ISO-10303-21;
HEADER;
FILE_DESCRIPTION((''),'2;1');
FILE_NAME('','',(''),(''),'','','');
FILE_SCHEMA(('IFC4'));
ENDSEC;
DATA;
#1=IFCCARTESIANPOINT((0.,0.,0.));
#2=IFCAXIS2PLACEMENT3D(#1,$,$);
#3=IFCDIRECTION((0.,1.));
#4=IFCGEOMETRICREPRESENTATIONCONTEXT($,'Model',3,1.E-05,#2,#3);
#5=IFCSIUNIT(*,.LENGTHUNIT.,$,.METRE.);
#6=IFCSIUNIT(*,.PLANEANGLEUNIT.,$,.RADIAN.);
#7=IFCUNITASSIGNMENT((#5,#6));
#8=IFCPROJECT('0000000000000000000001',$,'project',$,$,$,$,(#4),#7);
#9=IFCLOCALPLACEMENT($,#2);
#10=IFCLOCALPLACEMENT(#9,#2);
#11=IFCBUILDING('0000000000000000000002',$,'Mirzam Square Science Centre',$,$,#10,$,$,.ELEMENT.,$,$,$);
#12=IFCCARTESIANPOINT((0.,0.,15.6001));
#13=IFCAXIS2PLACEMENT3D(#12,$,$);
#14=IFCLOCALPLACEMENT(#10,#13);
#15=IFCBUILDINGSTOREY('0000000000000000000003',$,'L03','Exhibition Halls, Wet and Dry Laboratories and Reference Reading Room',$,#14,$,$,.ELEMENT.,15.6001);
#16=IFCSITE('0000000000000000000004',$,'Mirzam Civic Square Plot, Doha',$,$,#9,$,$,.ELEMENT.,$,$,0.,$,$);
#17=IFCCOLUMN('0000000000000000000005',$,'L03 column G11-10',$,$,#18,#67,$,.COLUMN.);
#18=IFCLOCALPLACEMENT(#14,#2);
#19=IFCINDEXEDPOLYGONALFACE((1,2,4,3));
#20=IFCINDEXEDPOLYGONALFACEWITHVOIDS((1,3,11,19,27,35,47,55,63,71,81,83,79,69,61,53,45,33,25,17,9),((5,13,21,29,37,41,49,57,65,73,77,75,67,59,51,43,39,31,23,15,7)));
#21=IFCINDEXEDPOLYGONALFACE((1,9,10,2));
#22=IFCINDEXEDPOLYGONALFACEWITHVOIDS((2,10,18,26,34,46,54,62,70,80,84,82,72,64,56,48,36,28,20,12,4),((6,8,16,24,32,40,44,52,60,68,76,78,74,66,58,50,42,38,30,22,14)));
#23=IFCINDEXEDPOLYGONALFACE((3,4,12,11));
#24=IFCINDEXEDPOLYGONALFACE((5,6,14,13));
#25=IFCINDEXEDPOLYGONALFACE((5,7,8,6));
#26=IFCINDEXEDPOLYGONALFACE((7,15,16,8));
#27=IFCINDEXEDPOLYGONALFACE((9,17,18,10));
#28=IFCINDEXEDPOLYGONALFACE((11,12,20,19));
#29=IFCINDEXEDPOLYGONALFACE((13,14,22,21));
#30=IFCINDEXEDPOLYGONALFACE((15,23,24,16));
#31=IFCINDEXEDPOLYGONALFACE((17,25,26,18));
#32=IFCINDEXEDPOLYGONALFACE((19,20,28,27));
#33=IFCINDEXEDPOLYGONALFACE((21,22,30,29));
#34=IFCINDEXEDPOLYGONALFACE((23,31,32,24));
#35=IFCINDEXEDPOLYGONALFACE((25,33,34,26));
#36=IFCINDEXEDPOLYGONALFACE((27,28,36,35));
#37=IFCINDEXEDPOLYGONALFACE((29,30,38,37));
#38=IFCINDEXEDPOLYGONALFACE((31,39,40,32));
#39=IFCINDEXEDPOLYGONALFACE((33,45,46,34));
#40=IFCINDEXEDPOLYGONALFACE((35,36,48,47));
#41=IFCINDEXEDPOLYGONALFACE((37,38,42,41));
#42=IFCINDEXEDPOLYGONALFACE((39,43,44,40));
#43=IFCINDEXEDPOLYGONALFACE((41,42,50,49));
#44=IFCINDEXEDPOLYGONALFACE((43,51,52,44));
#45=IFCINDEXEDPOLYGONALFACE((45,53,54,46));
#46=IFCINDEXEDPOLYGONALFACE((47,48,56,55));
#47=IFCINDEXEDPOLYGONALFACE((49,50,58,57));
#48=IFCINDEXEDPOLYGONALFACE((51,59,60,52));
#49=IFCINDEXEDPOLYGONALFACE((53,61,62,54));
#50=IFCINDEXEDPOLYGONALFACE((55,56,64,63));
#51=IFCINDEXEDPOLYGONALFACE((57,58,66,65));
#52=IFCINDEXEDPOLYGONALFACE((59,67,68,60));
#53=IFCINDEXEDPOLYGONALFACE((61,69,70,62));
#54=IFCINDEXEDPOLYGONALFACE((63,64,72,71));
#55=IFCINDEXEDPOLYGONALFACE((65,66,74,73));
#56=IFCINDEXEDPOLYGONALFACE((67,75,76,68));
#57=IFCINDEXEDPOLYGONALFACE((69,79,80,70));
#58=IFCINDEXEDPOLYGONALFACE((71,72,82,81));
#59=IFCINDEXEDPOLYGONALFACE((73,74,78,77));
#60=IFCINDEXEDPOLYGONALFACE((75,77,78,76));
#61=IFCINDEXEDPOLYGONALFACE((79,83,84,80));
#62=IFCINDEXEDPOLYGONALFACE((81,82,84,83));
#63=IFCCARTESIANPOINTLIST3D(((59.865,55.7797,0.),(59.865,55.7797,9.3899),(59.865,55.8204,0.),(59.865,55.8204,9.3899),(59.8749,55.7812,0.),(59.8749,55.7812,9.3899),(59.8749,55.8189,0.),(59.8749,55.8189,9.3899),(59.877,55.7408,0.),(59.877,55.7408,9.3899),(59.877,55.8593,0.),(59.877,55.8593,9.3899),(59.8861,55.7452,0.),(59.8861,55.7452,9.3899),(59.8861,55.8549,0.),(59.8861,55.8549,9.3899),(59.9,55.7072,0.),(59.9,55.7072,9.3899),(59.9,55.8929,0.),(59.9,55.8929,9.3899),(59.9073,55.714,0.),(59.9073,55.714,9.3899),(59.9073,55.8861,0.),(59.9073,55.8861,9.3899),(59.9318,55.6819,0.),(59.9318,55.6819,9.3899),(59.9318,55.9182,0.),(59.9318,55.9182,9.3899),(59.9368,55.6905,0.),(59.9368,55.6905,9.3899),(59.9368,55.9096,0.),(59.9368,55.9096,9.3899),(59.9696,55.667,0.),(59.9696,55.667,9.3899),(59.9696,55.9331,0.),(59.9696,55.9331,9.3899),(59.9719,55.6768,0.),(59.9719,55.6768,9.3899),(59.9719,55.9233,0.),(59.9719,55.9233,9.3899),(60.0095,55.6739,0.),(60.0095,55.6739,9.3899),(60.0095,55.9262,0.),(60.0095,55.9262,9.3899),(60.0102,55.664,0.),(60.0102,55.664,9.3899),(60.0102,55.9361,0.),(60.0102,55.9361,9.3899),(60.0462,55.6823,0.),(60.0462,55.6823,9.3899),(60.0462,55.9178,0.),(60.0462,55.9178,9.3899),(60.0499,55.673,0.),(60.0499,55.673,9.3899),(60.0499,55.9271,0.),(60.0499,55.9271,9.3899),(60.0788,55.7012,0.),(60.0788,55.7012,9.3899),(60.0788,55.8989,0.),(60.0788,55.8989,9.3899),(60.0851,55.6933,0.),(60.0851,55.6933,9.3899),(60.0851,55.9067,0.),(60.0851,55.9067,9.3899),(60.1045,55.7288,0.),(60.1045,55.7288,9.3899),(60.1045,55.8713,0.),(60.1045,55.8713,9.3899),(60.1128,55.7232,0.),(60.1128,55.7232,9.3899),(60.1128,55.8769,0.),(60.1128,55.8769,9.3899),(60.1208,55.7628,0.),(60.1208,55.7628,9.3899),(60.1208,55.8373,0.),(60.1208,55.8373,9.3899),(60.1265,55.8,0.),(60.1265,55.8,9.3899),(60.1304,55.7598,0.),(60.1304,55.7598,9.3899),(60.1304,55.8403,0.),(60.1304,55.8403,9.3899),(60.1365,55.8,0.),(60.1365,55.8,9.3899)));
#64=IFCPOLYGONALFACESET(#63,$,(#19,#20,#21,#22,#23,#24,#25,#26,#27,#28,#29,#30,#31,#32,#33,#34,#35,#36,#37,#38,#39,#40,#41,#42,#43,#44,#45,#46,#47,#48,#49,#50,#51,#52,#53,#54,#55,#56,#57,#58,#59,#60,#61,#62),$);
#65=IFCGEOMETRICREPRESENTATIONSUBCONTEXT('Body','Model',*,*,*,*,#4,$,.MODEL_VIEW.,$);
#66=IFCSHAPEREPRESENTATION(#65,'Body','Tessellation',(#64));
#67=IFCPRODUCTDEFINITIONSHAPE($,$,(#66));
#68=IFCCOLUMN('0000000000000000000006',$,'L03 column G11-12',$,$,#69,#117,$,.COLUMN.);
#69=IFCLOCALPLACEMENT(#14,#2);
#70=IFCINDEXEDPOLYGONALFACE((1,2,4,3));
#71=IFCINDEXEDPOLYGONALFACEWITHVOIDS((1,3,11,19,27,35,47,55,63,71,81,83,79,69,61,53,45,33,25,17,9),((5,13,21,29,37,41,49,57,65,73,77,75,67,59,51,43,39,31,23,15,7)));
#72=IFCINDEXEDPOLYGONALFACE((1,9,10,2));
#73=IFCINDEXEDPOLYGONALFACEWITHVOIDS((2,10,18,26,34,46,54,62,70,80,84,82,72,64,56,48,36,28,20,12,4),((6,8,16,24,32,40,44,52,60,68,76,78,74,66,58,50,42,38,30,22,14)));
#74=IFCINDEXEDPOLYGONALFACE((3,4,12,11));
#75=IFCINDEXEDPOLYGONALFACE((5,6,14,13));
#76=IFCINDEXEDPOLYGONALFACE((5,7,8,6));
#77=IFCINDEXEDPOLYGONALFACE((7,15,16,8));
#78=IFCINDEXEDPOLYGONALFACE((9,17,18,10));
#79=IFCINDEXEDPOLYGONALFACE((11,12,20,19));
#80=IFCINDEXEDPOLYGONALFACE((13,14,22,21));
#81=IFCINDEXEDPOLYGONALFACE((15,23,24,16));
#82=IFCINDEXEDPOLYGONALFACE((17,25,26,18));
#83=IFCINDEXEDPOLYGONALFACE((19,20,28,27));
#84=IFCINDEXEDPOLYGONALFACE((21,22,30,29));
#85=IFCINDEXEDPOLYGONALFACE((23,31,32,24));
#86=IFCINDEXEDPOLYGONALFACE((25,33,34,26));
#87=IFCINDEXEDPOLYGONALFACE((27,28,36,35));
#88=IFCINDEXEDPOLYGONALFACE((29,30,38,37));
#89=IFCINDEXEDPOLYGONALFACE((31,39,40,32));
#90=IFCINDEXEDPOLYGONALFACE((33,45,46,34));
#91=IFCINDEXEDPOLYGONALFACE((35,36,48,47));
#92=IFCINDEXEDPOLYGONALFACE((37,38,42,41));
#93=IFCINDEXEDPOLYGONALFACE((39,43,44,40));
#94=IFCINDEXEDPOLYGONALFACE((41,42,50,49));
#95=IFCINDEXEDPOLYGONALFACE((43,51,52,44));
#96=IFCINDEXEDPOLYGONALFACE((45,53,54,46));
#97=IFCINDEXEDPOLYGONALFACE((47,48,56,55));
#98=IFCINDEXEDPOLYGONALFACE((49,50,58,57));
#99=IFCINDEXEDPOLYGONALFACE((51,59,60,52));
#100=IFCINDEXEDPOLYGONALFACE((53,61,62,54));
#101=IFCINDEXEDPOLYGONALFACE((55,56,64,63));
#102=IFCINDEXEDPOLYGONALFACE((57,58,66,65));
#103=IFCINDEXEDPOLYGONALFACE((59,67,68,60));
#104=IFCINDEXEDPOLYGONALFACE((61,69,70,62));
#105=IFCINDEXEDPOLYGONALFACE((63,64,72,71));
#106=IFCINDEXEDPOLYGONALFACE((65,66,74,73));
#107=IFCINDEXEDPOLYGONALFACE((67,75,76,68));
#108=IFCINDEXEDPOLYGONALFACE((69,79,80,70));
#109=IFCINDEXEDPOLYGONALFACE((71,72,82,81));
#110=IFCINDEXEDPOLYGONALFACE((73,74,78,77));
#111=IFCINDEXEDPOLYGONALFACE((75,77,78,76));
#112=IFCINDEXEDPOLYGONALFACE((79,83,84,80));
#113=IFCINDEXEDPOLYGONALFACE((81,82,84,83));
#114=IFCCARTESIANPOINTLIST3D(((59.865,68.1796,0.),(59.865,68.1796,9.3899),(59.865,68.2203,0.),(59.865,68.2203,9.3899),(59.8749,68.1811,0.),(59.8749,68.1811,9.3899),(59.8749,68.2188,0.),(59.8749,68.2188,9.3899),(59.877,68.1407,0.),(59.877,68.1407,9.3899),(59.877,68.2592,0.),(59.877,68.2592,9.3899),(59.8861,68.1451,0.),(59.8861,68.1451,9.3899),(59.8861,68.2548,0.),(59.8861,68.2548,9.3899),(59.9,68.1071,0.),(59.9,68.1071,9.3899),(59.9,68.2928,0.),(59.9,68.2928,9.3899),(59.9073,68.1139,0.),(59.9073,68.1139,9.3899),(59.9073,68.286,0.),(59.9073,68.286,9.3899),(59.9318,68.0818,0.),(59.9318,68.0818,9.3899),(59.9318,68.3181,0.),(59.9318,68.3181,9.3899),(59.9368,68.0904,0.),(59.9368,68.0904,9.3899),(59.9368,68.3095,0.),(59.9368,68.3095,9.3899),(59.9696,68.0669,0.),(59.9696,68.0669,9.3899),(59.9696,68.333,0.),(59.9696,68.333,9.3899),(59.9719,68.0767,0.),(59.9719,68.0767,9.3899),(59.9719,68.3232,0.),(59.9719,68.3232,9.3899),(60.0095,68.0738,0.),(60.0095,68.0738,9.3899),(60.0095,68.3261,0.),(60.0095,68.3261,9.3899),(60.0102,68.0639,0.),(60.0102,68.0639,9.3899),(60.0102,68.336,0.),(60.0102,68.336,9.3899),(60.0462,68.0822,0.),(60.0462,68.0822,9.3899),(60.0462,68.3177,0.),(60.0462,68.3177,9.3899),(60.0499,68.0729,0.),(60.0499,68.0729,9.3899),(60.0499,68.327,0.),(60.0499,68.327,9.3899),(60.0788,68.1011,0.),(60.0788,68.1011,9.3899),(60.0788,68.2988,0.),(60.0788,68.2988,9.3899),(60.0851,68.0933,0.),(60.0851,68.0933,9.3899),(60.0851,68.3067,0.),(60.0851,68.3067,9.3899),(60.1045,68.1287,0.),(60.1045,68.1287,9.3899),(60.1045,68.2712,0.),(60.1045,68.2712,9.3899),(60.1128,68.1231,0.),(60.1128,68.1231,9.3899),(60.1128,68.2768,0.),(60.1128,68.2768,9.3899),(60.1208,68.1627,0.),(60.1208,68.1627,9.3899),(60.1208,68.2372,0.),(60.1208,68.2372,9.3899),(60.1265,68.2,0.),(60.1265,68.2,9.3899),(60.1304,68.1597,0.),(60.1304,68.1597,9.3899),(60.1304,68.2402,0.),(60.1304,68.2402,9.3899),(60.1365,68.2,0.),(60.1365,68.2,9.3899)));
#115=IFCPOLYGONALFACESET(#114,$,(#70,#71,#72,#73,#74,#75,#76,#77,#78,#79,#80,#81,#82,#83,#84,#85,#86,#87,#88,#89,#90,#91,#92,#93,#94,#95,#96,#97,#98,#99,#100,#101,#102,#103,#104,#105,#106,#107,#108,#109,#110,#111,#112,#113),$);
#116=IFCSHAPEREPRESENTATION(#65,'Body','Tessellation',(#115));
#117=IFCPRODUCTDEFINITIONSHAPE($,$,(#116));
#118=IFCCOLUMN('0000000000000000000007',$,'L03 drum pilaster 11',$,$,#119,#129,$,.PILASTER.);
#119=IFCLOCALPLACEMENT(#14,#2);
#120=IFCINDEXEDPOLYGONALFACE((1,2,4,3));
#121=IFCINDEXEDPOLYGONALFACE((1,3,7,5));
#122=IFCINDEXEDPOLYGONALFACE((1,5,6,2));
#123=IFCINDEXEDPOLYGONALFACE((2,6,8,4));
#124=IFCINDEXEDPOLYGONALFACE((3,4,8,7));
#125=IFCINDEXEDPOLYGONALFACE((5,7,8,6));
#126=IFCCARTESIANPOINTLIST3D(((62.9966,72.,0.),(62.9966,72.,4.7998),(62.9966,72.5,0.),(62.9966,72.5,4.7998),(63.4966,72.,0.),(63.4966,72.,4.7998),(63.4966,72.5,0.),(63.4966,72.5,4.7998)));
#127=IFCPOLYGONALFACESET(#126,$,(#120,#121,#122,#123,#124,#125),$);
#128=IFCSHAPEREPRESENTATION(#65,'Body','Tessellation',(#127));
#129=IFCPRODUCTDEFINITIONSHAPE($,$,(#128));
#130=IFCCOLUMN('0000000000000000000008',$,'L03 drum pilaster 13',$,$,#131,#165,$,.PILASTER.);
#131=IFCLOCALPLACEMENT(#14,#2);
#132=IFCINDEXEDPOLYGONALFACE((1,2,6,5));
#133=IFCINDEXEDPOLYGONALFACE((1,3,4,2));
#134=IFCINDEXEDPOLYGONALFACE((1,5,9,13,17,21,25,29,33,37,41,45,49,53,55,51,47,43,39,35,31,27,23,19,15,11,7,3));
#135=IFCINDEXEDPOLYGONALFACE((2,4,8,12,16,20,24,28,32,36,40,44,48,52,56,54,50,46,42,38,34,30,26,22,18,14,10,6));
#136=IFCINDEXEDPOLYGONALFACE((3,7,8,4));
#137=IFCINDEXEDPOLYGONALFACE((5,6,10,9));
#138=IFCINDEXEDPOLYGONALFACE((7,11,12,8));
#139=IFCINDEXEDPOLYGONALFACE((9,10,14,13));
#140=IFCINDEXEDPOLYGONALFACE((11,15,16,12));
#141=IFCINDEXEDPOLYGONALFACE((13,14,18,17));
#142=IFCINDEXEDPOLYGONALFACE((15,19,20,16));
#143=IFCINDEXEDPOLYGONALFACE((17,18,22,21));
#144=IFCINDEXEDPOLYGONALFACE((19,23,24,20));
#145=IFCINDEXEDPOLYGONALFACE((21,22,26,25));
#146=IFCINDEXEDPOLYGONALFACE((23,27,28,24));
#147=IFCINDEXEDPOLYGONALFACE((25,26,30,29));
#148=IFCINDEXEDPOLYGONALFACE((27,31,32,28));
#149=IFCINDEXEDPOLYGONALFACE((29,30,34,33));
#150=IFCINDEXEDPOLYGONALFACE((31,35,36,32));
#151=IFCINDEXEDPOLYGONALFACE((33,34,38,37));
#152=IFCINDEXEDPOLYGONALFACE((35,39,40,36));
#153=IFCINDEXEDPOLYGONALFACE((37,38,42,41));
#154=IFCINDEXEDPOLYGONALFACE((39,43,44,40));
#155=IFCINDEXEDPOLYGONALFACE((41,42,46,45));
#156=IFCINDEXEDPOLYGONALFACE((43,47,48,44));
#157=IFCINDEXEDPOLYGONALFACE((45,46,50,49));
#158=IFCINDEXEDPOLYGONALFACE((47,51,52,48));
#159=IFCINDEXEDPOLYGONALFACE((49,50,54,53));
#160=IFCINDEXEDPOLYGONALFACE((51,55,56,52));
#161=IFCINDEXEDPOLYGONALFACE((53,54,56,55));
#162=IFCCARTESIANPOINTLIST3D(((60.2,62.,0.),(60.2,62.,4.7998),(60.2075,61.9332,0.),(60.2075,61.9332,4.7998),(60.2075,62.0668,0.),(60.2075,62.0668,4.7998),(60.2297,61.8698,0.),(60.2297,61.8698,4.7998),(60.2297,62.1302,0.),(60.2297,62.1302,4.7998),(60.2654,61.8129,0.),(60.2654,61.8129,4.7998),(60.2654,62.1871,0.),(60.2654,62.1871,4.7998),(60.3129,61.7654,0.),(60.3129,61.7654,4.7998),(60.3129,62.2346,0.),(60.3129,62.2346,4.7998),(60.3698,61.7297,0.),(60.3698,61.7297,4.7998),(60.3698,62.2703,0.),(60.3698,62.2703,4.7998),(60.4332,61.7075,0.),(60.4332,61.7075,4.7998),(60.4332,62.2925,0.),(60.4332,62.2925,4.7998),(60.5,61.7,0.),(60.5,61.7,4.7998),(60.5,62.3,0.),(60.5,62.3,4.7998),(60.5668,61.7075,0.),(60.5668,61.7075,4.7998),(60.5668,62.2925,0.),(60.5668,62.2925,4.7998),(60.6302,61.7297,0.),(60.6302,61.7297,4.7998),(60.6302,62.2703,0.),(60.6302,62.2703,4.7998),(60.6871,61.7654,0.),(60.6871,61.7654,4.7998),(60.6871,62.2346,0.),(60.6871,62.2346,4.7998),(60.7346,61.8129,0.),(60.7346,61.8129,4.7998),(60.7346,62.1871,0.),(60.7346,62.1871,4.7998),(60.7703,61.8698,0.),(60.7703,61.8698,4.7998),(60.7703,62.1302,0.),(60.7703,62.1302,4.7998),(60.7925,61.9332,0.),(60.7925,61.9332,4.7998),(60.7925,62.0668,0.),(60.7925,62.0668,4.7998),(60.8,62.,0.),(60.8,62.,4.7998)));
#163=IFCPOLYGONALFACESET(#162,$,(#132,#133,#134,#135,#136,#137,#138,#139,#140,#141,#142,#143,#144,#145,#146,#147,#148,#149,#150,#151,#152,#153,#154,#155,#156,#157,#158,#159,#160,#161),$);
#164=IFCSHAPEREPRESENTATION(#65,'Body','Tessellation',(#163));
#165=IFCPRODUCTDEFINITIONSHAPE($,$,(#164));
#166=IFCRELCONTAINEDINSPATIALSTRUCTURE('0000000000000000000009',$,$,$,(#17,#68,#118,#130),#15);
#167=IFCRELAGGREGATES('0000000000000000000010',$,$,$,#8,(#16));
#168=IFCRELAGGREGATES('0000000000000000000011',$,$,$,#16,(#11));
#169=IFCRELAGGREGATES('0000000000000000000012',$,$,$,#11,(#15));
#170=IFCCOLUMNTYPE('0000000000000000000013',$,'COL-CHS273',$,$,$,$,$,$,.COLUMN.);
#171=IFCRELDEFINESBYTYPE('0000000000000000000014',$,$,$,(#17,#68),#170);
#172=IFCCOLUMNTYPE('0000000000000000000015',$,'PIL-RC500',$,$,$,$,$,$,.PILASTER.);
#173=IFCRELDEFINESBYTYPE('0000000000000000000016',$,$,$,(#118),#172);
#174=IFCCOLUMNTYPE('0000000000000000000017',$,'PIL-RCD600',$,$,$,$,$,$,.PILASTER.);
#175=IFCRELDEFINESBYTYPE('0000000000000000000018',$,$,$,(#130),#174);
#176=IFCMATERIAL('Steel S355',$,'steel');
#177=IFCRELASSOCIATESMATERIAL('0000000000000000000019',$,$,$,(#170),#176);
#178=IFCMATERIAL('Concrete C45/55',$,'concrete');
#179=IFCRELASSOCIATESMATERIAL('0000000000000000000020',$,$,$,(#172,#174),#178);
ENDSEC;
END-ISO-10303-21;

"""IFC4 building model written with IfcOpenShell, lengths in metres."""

from ifc_helpers import new_model, si_unit, direction, frame, origin, origin_2d, place, context, subcontext, project, spatial, rectangle, circle, hollow_circle, extrude, material, material_profile, profile_set, type_object, element, save


model = new_model("IFC4")

# Units and contexts
model_context = context("Model", 3, precision=1e-05, world=origin(), true_north=direction((0.0, 1.0)))
body_context = subcontext(model_context, "Body", "Model", "MODEL_VIEW")
ifc_project = project(units=[si_unit("LENGTHUNIT", "METRE"), si_unit("PLANEANGLEUNIT", "RADIAN")], contexts=[model_context])

# Site, building, storey
site_placement = place(None, origin())
site = spatial("IfcSite", under=ifc_project, at=site_placement, Name="Mirzam Civic Square Plot, Doha", CompositionType="ELEMENT", RefElevation=0.0)
building_placement = place(site_placement, origin())
building = spatial("IfcBuilding", under=site, at=building_placement, Name="Mirzam Square Science Centre", CompositionType="ELEMENT")
storey_placement = place(building_placement, frame((0.0, 0.0, 15.6001)))
storey = spatial("IfcBuildingStorey", under=building, at=storey_placement, Name="L03", Description="Exhibition Halls, Wet and Dry Laboratories and Reference Reading Room", CompositionType="ELEMENT", Elevation=15.6001)

# Columns
ifc_material_1 = material(Name="Steel S355", Category="steel")
ifc_material_profile_1 = material_profile(ifc_material_1, hollow_circle(Radius=0.1365, WallThickness=0.01, at=origin_2d()), Name="273.0x10.0CHS")
ifc_profile_set_1 = profile_set([ifc_material_profile_1], Name="Steel S355")
column_type_1 = type_object("IfcColumnType", Name="COL-CHS273", PredefinedType="COLUMN", material=ifc_profile_set_1)
for number, where, z_axis, x_axis, name in (
    (1, (60.0, 55.8, 0.0), (0.0, 0.0, 1.0), (1.0, 0.0, 0.0), "L03 column G11-10"),
    (2, (60.0, 68.2, 0.0), (0.0, 0.0, 1.0), (1.0, 0.0, 0.0), "L03 column G11-12"),
):
    element("IfcColumn", number, at=place(storey_placement, frame(where, z_axis=z_axis, x_axis=x_axis)), inside=storey, type_object=column_type_1, Name=name, PredefinedType="COLUMN", context=body_context, shape_type="SweptSolid", body=[
        extrude(hollow_circle(Radius=0.1365, WallThickness=0.01, at=origin_2d()), origin(), (0.0, 0.0, 1.0), 9.3899),
    ])
ifc_material_2 = material(Name="Concrete C45/55", Category="concrete")
ifc_material_profile_2 = material_profile(ifc_material_2, rectangle(XDim=0.5, YDim=0.5, at=origin_2d()), Name="RC500x500")
ifc_profile_set_2 = profile_set([ifc_material_profile_2], Name="Concrete C45/55")
column_type_2 = type_object("IfcColumnType", Name="PIL-RC500", PredefinedType="PILASTER", material=ifc_profile_set_2)
column_1_placement = place(storey_placement, frame((63.2466, 72.25, 0.0), z_axis=(0.0, 0.0, 1.0), x_axis=(1.0, 0.0, 0.0)))
element("IfcColumn", 3, at=column_1_placement, inside=storey, type_object=column_type_2, Name="L03 drum pilaster 11", PredefinedType="PILASTER", context=body_context, shape_type="SweptSolid", body=[
    extrude(rectangle(XDim=0.5, YDim=0.5, at=origin_2d()), origin(), (0.0, 0.0, 1.0), 4.7998),
])
ifc_material_profile_3 = material_profile(ifc_material_2, circle(Radius=0.3, at=origin_2d()), Name="RCD600")
ifc_profile_set_3 = profile_set([ifc_material_profile_3], Name="Concrete C45/55")
column_type_3 = type_object("IfcColumnType", Name="PIL-RCD600", PredefinedType="PILASTER", material=ifc_profile_set_3)
column_2_placement = place(storey_placement, frame((60.5, 62.0, 0.0), z_axis=(0.0, 0.0, 1.0), x_axis=(1.0, 0.0, 0.0)))
element("IfcColumn", 4, at=column_2_placement, inside=storey, type_object=column_type_3, Name="L03 drum pilaster 13", PredefinedType="PILASTER", context=body_context, shape_type="SweptSolid", body=[
    extrude(circle(Radius=0.3, at=origin_2d()), origin(), (0.0, 0.0, 1.0), 4.7998),
])

save(model, "model.ifc")
